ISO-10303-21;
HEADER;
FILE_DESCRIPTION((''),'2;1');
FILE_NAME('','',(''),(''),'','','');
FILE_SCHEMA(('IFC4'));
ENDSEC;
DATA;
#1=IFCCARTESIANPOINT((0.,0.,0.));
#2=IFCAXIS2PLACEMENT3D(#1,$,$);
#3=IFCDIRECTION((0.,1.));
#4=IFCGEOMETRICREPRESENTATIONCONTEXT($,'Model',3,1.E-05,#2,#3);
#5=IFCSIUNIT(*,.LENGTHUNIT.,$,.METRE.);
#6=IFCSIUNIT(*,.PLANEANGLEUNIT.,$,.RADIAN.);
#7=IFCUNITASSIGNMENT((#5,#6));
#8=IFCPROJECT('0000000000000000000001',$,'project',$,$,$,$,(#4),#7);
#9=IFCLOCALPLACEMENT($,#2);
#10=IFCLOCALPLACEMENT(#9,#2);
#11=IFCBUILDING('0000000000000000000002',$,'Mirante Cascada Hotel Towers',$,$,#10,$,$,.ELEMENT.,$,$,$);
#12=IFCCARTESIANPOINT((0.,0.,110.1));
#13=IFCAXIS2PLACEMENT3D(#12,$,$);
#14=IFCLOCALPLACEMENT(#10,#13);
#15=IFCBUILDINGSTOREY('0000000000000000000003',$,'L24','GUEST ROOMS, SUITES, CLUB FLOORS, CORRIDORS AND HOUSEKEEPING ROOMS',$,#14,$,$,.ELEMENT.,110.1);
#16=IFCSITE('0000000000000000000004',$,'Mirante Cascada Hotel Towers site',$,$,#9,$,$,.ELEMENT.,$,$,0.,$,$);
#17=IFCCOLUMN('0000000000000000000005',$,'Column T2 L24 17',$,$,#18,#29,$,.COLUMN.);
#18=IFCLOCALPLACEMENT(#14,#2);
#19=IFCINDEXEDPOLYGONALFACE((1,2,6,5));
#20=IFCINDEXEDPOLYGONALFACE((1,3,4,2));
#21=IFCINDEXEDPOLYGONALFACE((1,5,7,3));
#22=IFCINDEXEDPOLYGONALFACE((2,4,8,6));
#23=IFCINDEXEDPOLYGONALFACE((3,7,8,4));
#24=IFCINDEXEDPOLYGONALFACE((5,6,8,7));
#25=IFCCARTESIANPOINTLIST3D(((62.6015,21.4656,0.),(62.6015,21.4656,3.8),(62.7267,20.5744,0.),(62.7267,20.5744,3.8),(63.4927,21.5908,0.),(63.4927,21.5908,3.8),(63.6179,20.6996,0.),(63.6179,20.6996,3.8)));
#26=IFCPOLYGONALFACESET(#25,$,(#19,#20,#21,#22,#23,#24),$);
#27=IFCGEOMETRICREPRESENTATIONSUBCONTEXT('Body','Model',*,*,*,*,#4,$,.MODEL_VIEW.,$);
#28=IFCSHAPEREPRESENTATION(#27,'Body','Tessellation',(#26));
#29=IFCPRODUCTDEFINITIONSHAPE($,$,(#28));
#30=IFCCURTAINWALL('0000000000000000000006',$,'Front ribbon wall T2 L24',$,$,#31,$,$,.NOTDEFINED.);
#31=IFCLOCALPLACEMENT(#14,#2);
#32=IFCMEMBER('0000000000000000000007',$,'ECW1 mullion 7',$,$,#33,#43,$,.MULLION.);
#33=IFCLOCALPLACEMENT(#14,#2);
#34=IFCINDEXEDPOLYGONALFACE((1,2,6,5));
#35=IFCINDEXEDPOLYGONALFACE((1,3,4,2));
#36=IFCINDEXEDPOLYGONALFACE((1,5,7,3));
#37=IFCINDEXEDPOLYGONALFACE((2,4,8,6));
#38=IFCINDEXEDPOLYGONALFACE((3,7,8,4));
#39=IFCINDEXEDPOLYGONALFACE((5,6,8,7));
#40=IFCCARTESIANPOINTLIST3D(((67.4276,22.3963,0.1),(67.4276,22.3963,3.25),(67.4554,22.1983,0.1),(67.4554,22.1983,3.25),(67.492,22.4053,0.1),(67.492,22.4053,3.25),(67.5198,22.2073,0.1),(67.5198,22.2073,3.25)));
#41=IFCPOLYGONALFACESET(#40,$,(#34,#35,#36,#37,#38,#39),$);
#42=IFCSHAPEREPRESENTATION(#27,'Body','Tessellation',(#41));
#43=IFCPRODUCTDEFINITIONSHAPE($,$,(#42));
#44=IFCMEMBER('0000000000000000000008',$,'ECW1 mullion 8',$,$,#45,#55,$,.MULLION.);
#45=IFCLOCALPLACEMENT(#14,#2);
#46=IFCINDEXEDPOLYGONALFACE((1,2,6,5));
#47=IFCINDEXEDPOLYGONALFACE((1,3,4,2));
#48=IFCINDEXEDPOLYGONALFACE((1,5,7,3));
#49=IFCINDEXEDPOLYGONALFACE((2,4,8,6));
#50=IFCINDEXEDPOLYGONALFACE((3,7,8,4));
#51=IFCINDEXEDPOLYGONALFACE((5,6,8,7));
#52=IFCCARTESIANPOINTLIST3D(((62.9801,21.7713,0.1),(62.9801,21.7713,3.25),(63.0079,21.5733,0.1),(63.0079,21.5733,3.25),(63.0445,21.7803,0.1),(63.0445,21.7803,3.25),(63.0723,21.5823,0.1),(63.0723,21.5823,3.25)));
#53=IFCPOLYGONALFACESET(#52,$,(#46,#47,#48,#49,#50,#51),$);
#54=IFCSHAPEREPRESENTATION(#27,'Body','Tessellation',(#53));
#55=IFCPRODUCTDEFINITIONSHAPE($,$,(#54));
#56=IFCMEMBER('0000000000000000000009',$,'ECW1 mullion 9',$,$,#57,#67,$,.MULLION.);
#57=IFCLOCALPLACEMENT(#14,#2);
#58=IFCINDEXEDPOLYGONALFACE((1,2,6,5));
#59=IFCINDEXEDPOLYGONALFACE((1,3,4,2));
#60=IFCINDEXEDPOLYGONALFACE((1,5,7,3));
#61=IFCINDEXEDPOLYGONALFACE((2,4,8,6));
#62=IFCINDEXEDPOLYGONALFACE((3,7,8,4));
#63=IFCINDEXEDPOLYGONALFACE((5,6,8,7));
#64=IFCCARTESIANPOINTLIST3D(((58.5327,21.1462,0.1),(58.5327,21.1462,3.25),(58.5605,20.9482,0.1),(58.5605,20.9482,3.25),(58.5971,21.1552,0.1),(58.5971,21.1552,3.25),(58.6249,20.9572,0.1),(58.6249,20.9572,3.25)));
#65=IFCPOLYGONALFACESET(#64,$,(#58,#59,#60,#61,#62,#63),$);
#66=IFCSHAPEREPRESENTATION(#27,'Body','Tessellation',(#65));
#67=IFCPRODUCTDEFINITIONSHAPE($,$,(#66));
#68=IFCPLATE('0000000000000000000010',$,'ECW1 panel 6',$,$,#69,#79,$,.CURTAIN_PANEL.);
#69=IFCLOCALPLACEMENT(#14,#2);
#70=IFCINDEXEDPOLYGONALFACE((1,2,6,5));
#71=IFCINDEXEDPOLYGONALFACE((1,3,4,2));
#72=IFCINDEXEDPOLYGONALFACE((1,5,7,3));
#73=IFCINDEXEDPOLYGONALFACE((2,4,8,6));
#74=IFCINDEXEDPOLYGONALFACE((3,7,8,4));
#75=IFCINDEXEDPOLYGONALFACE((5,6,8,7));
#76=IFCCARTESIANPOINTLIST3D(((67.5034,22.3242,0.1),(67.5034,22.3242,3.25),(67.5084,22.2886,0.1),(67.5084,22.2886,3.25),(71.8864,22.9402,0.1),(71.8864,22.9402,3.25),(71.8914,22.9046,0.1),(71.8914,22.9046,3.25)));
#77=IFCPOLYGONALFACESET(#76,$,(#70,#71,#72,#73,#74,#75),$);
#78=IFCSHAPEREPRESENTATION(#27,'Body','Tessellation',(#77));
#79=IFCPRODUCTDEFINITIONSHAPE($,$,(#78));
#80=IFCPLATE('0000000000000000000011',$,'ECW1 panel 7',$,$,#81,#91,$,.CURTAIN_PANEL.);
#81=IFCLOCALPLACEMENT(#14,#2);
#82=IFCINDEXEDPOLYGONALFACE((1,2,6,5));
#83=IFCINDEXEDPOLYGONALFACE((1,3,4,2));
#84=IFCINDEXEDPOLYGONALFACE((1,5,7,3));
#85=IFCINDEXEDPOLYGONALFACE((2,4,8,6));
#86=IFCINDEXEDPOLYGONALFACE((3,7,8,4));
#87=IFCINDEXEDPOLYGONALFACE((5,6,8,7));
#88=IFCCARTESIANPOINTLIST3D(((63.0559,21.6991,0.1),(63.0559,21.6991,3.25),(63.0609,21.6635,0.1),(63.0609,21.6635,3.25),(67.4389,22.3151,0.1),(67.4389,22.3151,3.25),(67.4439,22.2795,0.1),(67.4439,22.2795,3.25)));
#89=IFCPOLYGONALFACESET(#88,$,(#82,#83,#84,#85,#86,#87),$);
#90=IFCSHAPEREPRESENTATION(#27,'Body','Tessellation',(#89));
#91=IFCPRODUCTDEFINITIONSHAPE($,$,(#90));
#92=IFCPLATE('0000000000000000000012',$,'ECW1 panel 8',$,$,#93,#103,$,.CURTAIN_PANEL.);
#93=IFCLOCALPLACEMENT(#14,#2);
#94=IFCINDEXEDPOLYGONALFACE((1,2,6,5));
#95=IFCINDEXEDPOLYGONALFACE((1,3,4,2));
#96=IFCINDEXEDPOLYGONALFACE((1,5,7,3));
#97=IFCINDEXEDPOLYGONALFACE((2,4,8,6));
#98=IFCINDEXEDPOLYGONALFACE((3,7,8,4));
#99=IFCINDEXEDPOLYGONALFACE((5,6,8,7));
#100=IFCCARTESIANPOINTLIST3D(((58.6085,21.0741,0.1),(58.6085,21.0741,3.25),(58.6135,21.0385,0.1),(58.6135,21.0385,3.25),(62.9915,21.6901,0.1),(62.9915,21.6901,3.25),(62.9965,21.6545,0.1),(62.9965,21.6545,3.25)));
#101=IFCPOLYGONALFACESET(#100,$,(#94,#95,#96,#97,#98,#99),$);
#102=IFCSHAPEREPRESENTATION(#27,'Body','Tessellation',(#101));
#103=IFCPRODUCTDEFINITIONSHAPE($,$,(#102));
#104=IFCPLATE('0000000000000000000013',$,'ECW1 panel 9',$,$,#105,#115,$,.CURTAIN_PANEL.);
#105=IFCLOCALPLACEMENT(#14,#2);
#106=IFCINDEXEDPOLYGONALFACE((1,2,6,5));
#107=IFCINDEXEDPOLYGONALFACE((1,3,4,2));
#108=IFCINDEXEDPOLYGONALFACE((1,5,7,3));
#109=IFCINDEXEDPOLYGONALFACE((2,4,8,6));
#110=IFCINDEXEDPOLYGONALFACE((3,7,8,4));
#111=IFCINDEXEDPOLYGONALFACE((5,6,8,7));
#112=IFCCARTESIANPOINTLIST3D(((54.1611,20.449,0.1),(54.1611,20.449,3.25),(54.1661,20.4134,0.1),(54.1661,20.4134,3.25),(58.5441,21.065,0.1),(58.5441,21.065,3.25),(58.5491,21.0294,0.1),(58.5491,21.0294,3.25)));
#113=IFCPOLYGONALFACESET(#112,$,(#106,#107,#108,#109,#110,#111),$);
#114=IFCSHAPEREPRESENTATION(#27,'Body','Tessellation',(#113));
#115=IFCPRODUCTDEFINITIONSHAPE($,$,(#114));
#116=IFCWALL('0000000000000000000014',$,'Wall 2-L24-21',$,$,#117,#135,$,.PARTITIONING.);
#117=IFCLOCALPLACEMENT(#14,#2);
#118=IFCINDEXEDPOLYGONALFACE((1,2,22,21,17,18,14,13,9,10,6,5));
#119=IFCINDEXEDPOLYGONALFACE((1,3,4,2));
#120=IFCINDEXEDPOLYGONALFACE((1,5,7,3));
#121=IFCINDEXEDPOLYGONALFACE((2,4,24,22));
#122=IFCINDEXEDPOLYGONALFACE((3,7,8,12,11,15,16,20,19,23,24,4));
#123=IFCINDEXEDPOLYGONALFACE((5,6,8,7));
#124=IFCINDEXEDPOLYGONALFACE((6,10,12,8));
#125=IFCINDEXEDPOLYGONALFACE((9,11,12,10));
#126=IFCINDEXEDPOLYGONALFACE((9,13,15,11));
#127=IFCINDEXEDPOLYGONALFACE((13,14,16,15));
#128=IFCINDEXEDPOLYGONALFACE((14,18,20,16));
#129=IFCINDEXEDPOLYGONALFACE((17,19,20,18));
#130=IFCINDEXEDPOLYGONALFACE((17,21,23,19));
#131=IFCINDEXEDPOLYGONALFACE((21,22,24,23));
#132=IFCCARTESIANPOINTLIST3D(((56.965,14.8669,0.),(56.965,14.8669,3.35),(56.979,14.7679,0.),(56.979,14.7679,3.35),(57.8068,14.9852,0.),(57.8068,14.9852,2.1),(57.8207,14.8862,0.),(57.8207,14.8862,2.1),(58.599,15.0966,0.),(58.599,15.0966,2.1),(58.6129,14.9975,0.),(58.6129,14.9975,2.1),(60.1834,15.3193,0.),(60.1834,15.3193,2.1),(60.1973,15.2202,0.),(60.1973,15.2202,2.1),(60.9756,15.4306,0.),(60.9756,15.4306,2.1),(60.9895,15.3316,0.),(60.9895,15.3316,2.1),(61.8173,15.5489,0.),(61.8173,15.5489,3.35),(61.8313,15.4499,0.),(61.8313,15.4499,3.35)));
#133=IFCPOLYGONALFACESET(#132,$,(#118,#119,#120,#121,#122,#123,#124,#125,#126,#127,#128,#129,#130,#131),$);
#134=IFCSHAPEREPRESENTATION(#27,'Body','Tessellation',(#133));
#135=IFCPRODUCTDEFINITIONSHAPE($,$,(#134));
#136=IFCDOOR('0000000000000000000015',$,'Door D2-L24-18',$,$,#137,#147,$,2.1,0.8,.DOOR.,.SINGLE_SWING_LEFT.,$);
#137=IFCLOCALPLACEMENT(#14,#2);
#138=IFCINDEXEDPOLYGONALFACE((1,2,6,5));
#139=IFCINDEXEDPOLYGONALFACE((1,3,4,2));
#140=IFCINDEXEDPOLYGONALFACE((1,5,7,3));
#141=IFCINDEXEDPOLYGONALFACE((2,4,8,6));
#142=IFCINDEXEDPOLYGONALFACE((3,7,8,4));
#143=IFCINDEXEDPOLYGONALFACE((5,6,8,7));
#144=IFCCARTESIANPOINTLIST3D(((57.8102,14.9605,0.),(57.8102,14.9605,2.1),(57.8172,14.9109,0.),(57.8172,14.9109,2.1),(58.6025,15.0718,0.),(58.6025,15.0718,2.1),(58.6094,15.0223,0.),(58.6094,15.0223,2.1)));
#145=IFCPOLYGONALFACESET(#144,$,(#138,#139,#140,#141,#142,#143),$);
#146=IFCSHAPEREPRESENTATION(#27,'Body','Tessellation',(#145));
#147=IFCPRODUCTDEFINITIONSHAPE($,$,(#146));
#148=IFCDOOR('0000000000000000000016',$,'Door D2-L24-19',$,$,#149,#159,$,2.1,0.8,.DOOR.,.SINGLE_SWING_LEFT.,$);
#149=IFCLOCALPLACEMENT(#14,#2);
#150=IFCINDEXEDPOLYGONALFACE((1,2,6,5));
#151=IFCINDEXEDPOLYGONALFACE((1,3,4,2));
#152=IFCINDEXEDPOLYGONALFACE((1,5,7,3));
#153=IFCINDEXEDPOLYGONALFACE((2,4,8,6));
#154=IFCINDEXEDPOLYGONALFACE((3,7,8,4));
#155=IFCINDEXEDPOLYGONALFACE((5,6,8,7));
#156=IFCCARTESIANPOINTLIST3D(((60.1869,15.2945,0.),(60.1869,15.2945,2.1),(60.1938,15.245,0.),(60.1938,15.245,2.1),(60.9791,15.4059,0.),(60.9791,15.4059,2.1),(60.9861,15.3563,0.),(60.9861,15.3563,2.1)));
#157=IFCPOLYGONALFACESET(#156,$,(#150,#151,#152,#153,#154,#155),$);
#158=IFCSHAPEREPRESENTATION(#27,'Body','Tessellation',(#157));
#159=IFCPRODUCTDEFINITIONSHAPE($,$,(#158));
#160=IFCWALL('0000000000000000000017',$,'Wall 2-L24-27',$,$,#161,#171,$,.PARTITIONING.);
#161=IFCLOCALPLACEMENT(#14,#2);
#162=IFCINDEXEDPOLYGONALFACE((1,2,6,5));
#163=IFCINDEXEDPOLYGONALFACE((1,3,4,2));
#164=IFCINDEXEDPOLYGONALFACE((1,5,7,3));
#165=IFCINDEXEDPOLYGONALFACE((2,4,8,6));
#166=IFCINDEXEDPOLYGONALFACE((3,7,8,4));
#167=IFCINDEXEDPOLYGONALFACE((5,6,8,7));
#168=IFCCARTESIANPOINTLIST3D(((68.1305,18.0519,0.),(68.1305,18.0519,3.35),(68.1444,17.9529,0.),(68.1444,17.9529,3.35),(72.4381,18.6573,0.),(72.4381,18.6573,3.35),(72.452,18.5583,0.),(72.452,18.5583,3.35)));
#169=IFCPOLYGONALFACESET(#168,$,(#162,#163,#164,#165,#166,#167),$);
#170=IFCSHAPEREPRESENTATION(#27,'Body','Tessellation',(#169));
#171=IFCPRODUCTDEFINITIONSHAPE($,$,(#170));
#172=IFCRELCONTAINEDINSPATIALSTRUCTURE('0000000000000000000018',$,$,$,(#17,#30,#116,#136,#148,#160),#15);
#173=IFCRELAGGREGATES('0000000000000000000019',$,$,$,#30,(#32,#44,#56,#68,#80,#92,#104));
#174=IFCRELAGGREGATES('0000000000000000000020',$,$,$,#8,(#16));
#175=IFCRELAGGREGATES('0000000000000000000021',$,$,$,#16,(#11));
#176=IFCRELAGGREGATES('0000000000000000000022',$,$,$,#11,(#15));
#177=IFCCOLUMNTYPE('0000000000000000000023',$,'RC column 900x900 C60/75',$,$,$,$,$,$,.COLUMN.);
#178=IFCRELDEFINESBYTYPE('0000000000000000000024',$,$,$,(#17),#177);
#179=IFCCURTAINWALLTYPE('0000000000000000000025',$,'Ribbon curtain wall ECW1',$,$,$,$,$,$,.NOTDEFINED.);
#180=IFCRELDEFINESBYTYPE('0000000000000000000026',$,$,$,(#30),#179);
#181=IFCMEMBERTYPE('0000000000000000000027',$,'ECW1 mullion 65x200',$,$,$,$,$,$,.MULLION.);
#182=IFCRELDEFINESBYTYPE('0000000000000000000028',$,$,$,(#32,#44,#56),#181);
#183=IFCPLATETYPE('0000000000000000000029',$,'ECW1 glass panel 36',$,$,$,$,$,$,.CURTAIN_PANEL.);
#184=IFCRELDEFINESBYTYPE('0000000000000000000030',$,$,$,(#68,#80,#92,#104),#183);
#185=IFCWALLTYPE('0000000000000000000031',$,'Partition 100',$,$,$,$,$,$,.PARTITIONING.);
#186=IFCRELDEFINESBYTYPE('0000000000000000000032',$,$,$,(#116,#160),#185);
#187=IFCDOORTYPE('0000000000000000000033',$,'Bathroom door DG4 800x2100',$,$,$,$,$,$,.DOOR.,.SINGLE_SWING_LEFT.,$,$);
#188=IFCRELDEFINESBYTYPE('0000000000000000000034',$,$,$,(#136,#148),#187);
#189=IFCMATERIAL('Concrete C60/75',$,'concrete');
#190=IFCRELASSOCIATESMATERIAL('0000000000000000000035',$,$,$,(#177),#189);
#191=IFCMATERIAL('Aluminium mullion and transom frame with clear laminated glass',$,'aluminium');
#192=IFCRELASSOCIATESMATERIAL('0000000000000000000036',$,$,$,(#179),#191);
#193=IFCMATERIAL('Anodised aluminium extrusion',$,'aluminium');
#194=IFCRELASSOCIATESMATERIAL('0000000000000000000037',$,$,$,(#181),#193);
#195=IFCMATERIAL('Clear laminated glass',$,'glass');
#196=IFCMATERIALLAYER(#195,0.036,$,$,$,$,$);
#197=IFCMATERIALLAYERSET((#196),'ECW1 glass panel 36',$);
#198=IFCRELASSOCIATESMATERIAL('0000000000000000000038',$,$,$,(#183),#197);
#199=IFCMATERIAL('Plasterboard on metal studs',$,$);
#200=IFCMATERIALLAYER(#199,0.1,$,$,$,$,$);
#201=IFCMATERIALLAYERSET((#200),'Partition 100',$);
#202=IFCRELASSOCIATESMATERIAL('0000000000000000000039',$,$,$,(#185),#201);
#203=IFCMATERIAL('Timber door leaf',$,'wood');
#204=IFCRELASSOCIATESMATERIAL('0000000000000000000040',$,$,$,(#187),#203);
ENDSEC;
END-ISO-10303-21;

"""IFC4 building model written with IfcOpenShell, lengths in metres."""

from ifc_helpers import new_model, si_unit, direction, frame, frame_2d, origin, origin_2d, place, context, subcontext, project, spatial, rectangle, extrude, material, layer, layer_set, material_profile, profile_set, type_object, element, fill, aggregate, save


model = new_model("IFC4")

# Units and contexts
model_context = context("Model", 3, precision=1e-05, world=origin(), true_north=direction((0.0, 1.0)))
body_context = subcontext(model_context, "Body", "Model", "MODEL_VIEW")
ifc_project = project(units=[si_unit("LENGTHUNIT", "METRE"), si_unit("PLANEANGLEUNIT", "RADIAN")], contexts=[model_context])

# Site, building, storey
site_placement = place(None, origin())
site = spatial("IfcSite", under=ifc_project, at=site_placement, Name="Mirante Cascada Hotel Towers site", CompositionType="ELEMENT", RefElevation=0.0)
building_placement = place(site_placement, origin())
building = spatial("IfcBuilding", under=site, at=building_placement, Name="Mirante Cascada Hotel Towers", CompositionType="ELEMENT")
storey_placement = place(building_placement, frame((0.0, 0.0, 110.1)))
storey = spatial("IfcBuildingStorey", under=building, at=storey_placement, Name="L24", Description="GUEST ROOMS, SUITES, CLUB FLOORS, CORRIDORS AND HOUSEKEEPING ROOMS", CompositionType="ELEMENT", Elevation=110.1)

# Column
ifc_material_1 = material(Name="Concrete C60/75", Category="concrete")
ifc_material_profile_1 = material_profile(ifc_material_1, rectangle(XDim=0.9, YDim=0.9, at=origin_2d()), Name="RC column 900x900 C60/75")
ifc_profile_set_1 = profile_set([ifc_material_profile_1], Name="Concrete C60/75")
column_type = type_object("IfcColumnType", Name="RC column 900x900 C60/75", PredefinedType="COLUMN", material=ifc_profile_set_1)
column_placement = place(storey_placement, frame((63.1097, 21.0826, 0.0), z_axis=(0.0, 0.0, 1.0), x_axis=(0.990268, 0.139173, 0.0)))
element("IfcColumn", 1, at=column_placement, inside=storey, type_object=column_type, Name="Column T2 L24 17", PredefinedType="COLUMN", context=body_context, shape_type="SweptSolid", body=[
    extrude(rectangle(XDim=0.9, YDim=0.9, at=origin_2d()), origin(), (0.0, 0.0, 1.0), 3.8),
])

# Curtain wall, members, plates
ifc_material_2 = material(Name="Aluminium mullion and transom frame with clear laminated glass", Category="aluminium")
curtain_wall_type = type_object("IfcCurtainWallType", Name="Ribbon curtain wall ECW1", PredefinedType="NOTDEFINED", material=ifc_material_2)
curtain_wall_placement = place(storey_placement, origin())
curtain_wall = element("IfcCurtainWall", 2, at=curtain_wall_placement, inside=storey, type_object=curtain_wall_type, Name="Front ribbon wall T2 L24", PredefinedType="NOTDEFINED")
ifc_material_3 = material(Name="Anodised aluminium extrusion", Category="aluminium")
ifc_material_profile_2 = material_profile(ifc_material_3, rectangle(XDim=0.2, YDim=0.065, at=origin_2d()), Name="ECW1 MULLION 65x200")
ifc_profile_set_2 = profile_set([ifc_material_profile_2], Name="Anodised aluminium extrusion")
member_type = type_object("IfcMemberType", Name="ECW1 mullion 65x200", PredefinedType="MULLION", material=ifc_profile_set_2)
member_1_placement = place(storey_placement, frame((67.4737, 22.3018, 0.1), z_axis=(0.0, 0.0, 1.0), x_axis=(0.139173, -0.990268, 0.0)))
member_1 = element("IfcMember", 3, at=member_1_placement, type_object=member_type, Name="ECW1 mullion 7", PredefinedType="MULLION", context=body_context, shape_type="SweptSolid", body=[
    extrude(rectangle(XDim=0.2, YDim=0.065, at=origin_2d()), origin(), (0.0, 0.0, 1.0), 3.15),
])
member_2_placement = place(storey_placement, frame((63.0262, 21.6768, 0.1), z_axis=(0.0, 0.0, 1.0), x_axis=(0.139173, -0.990268, 0.0)))
member_2 = element("IfcMember", 4, at=member_2_placement, type_object=member_type, Name="ECW1 mullion 8", PredefinedType="MULLION", context=body_context, shape_type="SweptSolid", body=[
    extrude(rectangle(XDim=0.2, YDim=0.065, at=origin_2d()), origin(), (0.0, 0.0, 1.0), 3.15),
])
member_3_placement = place(storey_placement, frame((58.5788, 21.0517, 0.1), z_axis=(0.0, 0.0, 1.0), x_axis=(0.139173, -0.990268, 0.0)))
member_3 = element("IfcMember", 5, at=member_3_placement, type_object=member_type, Name="ECW1 mullion 9", PredefinedType="MULLION", context=body_context, shape_type="SweptSolid", body=[
    extrude(rectangle(XDim=0.2, YDim=0.065, at=origin_2d()), origin(), (0.0, 0.0, 1.0), 3.15),
])
ifc_material_4 = material(Name="Clear laminated glass", Category="glass")
ifc_layer_1 = layer(ifc_material_4, 0.036)
ifc_layer_set_1 = layer_set([ifc_layer_1], Name="ECW1 glass panel 36")
plate_type = type_object("IfcPlateType", Name="ECW1 glass panel 36", PredefinedType="CURTAIN_PANEL", material=ifc_layer_set_1)
plate_1_placement = place(storey_placement, frame((69.6974, 22.6144, 0.1), z_axis=(0.0, 0.0, 1.0), x_axis=(-0.990268, -0.139173, 0.0)))
plate_1 = element("IfcPlate", 6, at=plate_1_placement, type_object=plate_type, Name="ECW1 panel 6", PredefinedType="CURTAIN_PANEL", context=body_context, shape_type="SweptSolid", body=[
    extrude(rectangle(XDim=4.4261, YDim=0.036, at=origin_2d()), origin(), (0.0, 0.0, 1.0), 3.15),
])
plate_2_placement = place(storey_placement, frame((65.2499, 21.9893, 0.1), z_axis=(0.0, 0.0, 1.0), x_axis=(-0.990268, -0.139173, 0.0)))
plate_2 = element("IfcPlate", 7, at=plate_2_placement, type_object=plate_type, Name="ECW1 panel 7", PredefinedType="CURTAIN_PANEL", context=body_context, shape_type="SweptSolid", body=[
    extrude(rectangle(XDim=4.4261, YDim=0.036, at=origin_2d()), origin(), (0.0, 0.0, 1.0), 3.15),
])
plate_3_placement = place(storey_placement, frame((60.8025, 21.3643, 0.1), z_axis=(0.0, 0.0, 1.0), x_axis=(-0.990268, -0.139173, 0.0)))
plate_3 = element("IfcPlate", 8, at=plate_3_placement, type_object=plate_type, Name="ECW1 panel 8", PredefinedType="CURTAIN_PANEL", context=body_context, shape_type="SweptSolid", body=[
    extrude(rectangle(XDim=4.4261, YDim=0.036, at=origin_2d()), origin(), (0.0, 0.0, 1.0), 3.15),
])
plate_4_placement = place(storey_placement, frame((56.3551, 20.7392, 0.1), z_axis=(0.0, 0.0, 1.0), x_axis=(-0.990268, -0.139173, 0.0)))
plate_4 = element("IfcPlate", 9, at=plate_4_placement, type_object=plate_type, Name="ECW1 panel 9", PredefinedType="CURTAIN_PANEL", context=body_context, shape_type="SweptSolid", body=[
    extrude(rectangle(XDim=4.4261, YDim=0.036, at=origin_2d()), origin(), (0.0, 0.0, 1.0), 3.15),
])
aggregate(curtain_wall, [member_1, member_2, member_3, plate_1, plate_2, plate_3, plate_4])

# Wall, openings, doors
ifc_material_5 = material(Name="Plasterboard on metal studs")
ifc_layer_2 = layer(ifc_material_5, 0.1)
ifc_layer_set_2 = layer_set([ifc_layer_2], Name="Partition 100")
wall_type = type_object("IfcWallType", Name="Partition 100", PredefinedType="PARTITIONING", material=ifc_layer_set_2)
wall_1_placement = place(storey_placement, frame((56.972, 14.8174, 0.0), z_axis=(0.0, 0.0, 1.0), x_axis=(0.990267, 0.139184, 0.0)))
wall_1 = element("IfcWall", 10, at=wall_1_placement, inside=storey, type_object=wall_type, Name="Wall 2-L24-21", PredefinedType="PARTITIONING", context=body_context, shape_type="SweptSolid", body=[
    extrude(rectangle(XDim=4.9, YDim=0.1, at=frame_2d((2.45, 0.0))), origin(), (0.0, 0.0, 1.0), 3.35),
])
opening_1_placement = place(wall_1_placement, frame((0.85, 0.0, 0.0)))
opening_1 = element("IfcOpeningElement", 11, at=opening_1_placement, cuts=wall_1, PredefinedType="OPENING", context=body_context, shape_type="SweptSolid", body=[
    extrude(rectangle(XDim=0.8, YDim=2.1, at=frame_2d((0.4, 1.05))), frame((0.0, 0.05, 0.0), z_axis=(0.0, -1.0, 0.0), x_axis=(1.0, 0.0, 0.0)), (0.0, 0.0, 1.0), 0.1),
])
opening_2_placement = place(wall_1_placement, frame((3.25, 0.0, 0.0)))
opening_2 = element("IfcOpeningElement", 12, at=opening_2_placement, cuts=wall_1, PredefinedType="OPENING", context=body_context, shape_type="SweptSolid", body=[
    extrude(rectangle(XDim=0.8, YDim=2.1, at=frame_2d((0.4, 1.05))), frame((0.0, 0.05, 0.0), z_axis=(0.0, -1.0, 0.0), x_axis=(1.0, 0.0, 0.0)), (0.0, 0.0, 1.0), 0.1),
])
ifc_material_6 = material(Name="Timber door leaf", Category="wood")
door_type_1 = type_object("IfcDoorType", Name="Bathroom door DG4 800x2100", OperationType="SINGLE_SWING_LEFT", PredefinedType="DOOR", material=ifc_material_6)
door_1_placement = place(opening_1_placement, origin())
door_1 = element("IfcDoor", 13, at=door_1_placement, inside=storey, type_object=door_type_1, Name="Door D2-L24-18", OperationType="SINGLE_SWING_LEFT", OverallHeight=2.1, OverallWidth=0.8, PredefinedType="DOOR", context=body_context, shape_type="SweptSolid", body=[
    extrude(rectangle(XDim=0.8, YDim=2.1, at=frame_2d((0.4, 1.05))), frame((0.0, 0.025, 0.0), z_axis=(0.0, -1.0, 0.0), x_axis=(1.0, 0.0, 0.0)), (0.0, 0.0, 1.0), 0.05),
])
fill(opening_1, door_1)
door_2_placement = place(opening_2_placement, origin())
door_2 = element("IfcDoor", 14, at=door_2_placement, inside=storey, type_object=door_type_1, Name="Door D2-L24-19", OperationType="SINGLE_SWING_LEFT", OverallHeight=2.1, OverallWidth=0.8, PredefinedType="DOOR", context=body_context, shape_type="SweptSolid", body=[
    extrude(rectangle(XDim=0.8, YDim=2.1, at=frame_2d((0.4, 1.05))), frame((0.0, 0.025, 0.0), z_axis=(0.0, -1.0, 0.0), x_axis=(1.0, 0.0, 0.0)), (0.0, 0.0, 1.0), 0.05),
])
fill(opening_2, door_2)

# Wall
wall_2_placement = place(storey_placement, frame((68.1374, 18.0024, 0.0), z_axis=(0.0, 0.0, 1.0), x_axis=(0.990268, 0.139175, 0.0)))
element("IfcWall", 15, at=wall_2_placement, inside=storey, type_object=wall_type, Name="Wall 2-L24-27", PredefinedType="PARTITIONING", context=body_context, shape_type="SweptSolid", body=[
    extrude(rectangle(XDim=4.3499, YDim=0.1, at=frame_2d((2.175, 0.0))), origin(), (0.0, 0.0, 1.0), 3.35),
])

save(model, "model.ifc")
